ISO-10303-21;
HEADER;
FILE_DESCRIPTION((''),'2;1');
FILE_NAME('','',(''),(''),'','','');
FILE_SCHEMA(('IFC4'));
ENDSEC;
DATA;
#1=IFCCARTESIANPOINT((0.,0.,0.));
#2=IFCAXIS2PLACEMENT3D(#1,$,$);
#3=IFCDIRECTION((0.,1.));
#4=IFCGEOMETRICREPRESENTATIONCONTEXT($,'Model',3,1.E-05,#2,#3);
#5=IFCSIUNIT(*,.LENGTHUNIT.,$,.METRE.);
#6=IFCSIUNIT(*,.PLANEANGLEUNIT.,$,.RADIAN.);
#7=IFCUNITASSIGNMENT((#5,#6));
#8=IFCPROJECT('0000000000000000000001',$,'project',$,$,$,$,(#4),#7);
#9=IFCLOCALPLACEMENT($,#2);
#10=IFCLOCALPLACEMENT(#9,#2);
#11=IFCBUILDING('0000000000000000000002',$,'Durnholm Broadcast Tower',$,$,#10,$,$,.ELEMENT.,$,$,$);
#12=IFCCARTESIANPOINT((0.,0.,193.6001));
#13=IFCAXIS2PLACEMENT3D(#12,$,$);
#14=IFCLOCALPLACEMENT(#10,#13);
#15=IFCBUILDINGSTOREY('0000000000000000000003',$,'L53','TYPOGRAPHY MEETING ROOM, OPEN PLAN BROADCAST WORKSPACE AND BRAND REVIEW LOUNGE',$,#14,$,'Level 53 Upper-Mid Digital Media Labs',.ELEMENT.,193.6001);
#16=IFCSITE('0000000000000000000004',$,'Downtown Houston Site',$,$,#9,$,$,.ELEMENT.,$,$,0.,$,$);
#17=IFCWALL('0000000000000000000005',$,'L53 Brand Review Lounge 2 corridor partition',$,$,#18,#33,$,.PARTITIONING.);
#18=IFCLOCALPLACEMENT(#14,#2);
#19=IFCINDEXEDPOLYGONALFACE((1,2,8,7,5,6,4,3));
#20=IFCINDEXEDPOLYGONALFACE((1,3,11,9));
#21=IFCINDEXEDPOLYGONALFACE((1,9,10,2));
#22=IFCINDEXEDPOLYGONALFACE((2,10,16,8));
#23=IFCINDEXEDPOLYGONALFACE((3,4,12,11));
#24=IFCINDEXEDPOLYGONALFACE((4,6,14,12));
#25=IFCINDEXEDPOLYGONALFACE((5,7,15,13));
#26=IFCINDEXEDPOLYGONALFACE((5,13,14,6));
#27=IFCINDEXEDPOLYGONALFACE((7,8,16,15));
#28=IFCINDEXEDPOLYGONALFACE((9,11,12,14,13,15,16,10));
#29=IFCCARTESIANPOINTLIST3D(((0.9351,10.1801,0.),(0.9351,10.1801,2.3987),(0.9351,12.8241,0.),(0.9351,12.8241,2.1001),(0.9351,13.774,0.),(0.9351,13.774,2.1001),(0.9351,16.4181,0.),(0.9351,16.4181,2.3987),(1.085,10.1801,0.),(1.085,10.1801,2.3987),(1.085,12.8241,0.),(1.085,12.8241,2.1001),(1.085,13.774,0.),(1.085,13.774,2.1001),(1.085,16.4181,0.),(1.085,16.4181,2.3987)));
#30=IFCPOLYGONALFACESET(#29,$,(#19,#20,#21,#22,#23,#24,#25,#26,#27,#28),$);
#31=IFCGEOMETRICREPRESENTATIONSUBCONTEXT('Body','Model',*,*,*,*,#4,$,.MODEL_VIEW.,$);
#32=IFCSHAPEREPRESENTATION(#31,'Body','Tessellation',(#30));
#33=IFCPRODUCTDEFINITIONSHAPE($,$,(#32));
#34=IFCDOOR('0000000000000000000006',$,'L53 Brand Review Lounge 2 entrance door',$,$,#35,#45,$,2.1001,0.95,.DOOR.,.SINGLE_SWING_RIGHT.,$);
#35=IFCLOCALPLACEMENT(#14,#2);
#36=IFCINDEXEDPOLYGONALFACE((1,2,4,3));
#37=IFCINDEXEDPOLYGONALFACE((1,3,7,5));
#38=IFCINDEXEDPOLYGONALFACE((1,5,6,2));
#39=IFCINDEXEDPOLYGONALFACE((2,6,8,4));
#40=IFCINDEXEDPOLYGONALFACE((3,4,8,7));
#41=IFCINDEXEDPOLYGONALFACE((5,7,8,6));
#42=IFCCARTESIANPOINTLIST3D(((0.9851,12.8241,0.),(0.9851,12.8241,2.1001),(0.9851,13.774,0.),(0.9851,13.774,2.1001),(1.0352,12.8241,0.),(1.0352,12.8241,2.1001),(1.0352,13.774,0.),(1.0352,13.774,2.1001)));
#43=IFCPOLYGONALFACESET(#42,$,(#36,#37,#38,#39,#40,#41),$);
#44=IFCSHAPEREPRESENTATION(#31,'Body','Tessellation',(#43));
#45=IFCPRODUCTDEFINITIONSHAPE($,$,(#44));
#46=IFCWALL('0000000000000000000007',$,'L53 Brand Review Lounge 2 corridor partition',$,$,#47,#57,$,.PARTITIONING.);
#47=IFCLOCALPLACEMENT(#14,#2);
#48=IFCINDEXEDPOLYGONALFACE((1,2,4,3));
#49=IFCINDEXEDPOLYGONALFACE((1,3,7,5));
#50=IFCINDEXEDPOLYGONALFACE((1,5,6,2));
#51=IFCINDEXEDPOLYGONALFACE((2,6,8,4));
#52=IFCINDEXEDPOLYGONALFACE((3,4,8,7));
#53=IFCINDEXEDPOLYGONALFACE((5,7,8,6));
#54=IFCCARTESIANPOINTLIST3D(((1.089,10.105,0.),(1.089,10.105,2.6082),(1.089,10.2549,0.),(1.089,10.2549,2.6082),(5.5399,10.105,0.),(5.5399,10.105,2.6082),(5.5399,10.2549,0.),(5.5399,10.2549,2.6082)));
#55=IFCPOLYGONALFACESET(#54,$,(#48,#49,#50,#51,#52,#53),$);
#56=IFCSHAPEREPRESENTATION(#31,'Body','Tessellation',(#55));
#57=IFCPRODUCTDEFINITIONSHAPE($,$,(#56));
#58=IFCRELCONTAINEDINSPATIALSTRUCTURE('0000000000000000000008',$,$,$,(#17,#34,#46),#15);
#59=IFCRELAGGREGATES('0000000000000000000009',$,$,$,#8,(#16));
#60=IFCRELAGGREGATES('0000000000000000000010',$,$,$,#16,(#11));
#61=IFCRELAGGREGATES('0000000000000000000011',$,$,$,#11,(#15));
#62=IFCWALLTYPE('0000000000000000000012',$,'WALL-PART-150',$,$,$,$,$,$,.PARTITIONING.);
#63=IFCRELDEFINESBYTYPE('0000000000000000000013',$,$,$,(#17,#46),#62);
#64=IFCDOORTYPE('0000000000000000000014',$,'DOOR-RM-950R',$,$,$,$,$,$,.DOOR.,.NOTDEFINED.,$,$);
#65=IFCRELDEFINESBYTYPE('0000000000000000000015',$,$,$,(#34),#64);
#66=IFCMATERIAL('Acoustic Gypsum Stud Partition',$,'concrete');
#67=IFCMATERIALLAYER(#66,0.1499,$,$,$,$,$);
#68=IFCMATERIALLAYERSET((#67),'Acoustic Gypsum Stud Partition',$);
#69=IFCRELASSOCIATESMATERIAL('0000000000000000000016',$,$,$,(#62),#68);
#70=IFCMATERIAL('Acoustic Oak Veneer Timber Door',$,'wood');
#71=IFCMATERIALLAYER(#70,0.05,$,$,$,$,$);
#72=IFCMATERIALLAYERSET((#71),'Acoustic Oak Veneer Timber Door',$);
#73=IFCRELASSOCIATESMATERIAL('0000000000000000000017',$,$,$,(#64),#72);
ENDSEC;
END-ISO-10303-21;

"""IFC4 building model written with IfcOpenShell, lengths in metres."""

from ifc_helpers import new_model, si_unit, direction, frame, frame_2d, origin, place, context, subcontext, project, spatial, rectangle, extrude, source, transform, mapped, material, layer, layer_set, type_object, type_shapes, element, fill, save


model = new_model("IFC4")

# Units and contexts
model_context = context("Model", 3, precision=1e-05, world=origin(), true_north=direction((0.0, 1.0)))
body_context = subcontext(model_context, "Body", "Model", "MODEL_VIEW")
ifc_project = project(units=[si_unit("LENGTHUNIT", "METRE"), si_unit("PLANEANGLEUNIT", "RADIAN")], contexts=[model_context])

# Site, building, storey
site_placement = place(None, origin())
site = spatial("IfcSite", under=ifc_project, at=site_placement, Name="Downtown Houston Site", CompositionType="ELEMENT", RefElevation=0.0)
building_placement = place(site_placement, origin())
building = spatial("IfcBuilding", under=site, at=building_placement, Name="Durnholm Broadcast Tower", CompositionType="ELEMENT")
storey_placement = place(building_placement, frame((0.0, 0.0, 193.6001)))
storey = spatial("IfcBuildingStorey", under=building, at=storey_placement, Name="L53", Description="TYPOGRAPHY MEETING ROOM, OPEN PLAN BROADCAST WORKSPACE AND BRAND REVIEW LOUNGE", LongName="Level 53 Upper-Mid Digital Media Labs", CompositionType="ELEMENT", Elevation=193.6001)

# Wall, opening, door
ifc_material_1 = material(Name="Acoustic Gypsum Stud Partition", Category="concrete")
ifc_layer_1 = layer(ifc_material_1, 0.1499)
ifc_layer_set_1 = layer_set([ifc_layer_1], Name="Acoustic Gypsum Stud Partition")
wall_type_1 = type_object("IfcWallType", Name="WALL-PART-150", PredefinedType="PARTITIONING", material=ifc_layer_set_1)
wall_1_placement = place(storey_placement, frame((1.01, 10.1799, 0.0), z_axis=(0.0, 0.0, 1.0), x_axis=(0.0, 1.0, 0.0)))
wall_1 = element("IfcWall", 1, at=wall_1_placement, inside=storey, type_object=wall_type_1, Name="L53 Brand Review Lounge 2 corridor partition", PredefinedType="PARTITIONING", context=body_context, shape_type="SweptSolid", body=[
    extrude(rectangle(XDim=6.238, YDim=0.1499, at=frame_2d((3.1191, 0.0))), origin(), (0.0, 0.0, 1.0), 2.3987),
])
opening_placement = place(wall_1_placement, frame((2.644, 0.0, 0.0)))
opening = element("IfcOpeningElement", 2, at=opening_placement, cuts=wall_1, PredefinedType="OPENING", context=body_context, shape_type="SweptSolid", body=[
    extrude(rectangle(XDim=0.95, YDim=2.1001, at=frame_2d((0.4751, 1.05))), frame((0.0, 0.085, 0.0), z_axis=(0.0, -1.0, 0.0), x_axis=(1.0, 0.0, 0.0)), (0.0, 0.0, 1.0), 0.1699),
])
ifc_material_2 = material(Name="Acoustic Oak Veneer Timber Door", Category="wood")
ifc_layer_2 = layer(ifc_material_2, 0.05)
ifc_layer_set_2 = layer_set([ifc_layer_2], Name="Acoustic Oak Veneer Timber Door")
door_type = type_object("IfcDoorType", Name="DOOR-RM-950R", OperationType="NOTDEFINED", PredefinedType="DOOR", material=ifc_layer_set_2)
shared_shape_1 = source(origin(), body_context, "Body", "SweptSolid", [
    extrude(rectangle(XDim=0.95, YDim=2.1001, at=frame_2d((0.4751, 1.05))), frame((0.0, 0.0249, 0.0), z_axis=(0.0, -1.0, 0.0), x_axis=(1.0, 0.0, 0.0)), (0.0, 0.0, 1.0), 0.05),
])
type_shapes(door_type, [shared_shape_1])
door_placement = place(opening_placement, origin())
door = element("IfcDoor", 3, at=door_placement, inside=storey, type_object=door_type, Name="L53 Brand Review Lounge 2 entrance door", OperationType="SINGLE_SWING_RIGHT", OverallHeight=2.1001, OverallWidth=0.95, PredefinedType="DOOR", context=body_context, shape_type="MappedRepresentation", body=[
    mapped(shared_shape_1, transform((0.0, 0.0, 0.0), x_axis=(1.0, 0.0, 0.0), y_axis=(0.0, 1.0, 0.0), z_axis=(0.0, 0.0, 1.0), scale=1.0)),
])
fill(opening, door)

# Wall
wall_2_placement = place(storey_placement, frame((5.54, 10.1799, 0.0), z_axis=(0.0, 0.0, 1.0), x_axis=(-1.0, 0.0, 0.0)))
element("IfcWall", 4, at=wall_2_placement, inside=storey, type_object=wall_type_1, Name="L53 Brand Review Lounge 2 corridor partition", PredefinedType="PARTITIONING", context=body_context, shape_type="SweptSolid", body=[
    extrude(rectangle(XDim=4.4509, YDim=0.1499, at=frame_2d((2.2256, 0.0))), origin(), (0.0, 0.0, 1.0), 2.6082),
])

save(model, "model.ifc")
